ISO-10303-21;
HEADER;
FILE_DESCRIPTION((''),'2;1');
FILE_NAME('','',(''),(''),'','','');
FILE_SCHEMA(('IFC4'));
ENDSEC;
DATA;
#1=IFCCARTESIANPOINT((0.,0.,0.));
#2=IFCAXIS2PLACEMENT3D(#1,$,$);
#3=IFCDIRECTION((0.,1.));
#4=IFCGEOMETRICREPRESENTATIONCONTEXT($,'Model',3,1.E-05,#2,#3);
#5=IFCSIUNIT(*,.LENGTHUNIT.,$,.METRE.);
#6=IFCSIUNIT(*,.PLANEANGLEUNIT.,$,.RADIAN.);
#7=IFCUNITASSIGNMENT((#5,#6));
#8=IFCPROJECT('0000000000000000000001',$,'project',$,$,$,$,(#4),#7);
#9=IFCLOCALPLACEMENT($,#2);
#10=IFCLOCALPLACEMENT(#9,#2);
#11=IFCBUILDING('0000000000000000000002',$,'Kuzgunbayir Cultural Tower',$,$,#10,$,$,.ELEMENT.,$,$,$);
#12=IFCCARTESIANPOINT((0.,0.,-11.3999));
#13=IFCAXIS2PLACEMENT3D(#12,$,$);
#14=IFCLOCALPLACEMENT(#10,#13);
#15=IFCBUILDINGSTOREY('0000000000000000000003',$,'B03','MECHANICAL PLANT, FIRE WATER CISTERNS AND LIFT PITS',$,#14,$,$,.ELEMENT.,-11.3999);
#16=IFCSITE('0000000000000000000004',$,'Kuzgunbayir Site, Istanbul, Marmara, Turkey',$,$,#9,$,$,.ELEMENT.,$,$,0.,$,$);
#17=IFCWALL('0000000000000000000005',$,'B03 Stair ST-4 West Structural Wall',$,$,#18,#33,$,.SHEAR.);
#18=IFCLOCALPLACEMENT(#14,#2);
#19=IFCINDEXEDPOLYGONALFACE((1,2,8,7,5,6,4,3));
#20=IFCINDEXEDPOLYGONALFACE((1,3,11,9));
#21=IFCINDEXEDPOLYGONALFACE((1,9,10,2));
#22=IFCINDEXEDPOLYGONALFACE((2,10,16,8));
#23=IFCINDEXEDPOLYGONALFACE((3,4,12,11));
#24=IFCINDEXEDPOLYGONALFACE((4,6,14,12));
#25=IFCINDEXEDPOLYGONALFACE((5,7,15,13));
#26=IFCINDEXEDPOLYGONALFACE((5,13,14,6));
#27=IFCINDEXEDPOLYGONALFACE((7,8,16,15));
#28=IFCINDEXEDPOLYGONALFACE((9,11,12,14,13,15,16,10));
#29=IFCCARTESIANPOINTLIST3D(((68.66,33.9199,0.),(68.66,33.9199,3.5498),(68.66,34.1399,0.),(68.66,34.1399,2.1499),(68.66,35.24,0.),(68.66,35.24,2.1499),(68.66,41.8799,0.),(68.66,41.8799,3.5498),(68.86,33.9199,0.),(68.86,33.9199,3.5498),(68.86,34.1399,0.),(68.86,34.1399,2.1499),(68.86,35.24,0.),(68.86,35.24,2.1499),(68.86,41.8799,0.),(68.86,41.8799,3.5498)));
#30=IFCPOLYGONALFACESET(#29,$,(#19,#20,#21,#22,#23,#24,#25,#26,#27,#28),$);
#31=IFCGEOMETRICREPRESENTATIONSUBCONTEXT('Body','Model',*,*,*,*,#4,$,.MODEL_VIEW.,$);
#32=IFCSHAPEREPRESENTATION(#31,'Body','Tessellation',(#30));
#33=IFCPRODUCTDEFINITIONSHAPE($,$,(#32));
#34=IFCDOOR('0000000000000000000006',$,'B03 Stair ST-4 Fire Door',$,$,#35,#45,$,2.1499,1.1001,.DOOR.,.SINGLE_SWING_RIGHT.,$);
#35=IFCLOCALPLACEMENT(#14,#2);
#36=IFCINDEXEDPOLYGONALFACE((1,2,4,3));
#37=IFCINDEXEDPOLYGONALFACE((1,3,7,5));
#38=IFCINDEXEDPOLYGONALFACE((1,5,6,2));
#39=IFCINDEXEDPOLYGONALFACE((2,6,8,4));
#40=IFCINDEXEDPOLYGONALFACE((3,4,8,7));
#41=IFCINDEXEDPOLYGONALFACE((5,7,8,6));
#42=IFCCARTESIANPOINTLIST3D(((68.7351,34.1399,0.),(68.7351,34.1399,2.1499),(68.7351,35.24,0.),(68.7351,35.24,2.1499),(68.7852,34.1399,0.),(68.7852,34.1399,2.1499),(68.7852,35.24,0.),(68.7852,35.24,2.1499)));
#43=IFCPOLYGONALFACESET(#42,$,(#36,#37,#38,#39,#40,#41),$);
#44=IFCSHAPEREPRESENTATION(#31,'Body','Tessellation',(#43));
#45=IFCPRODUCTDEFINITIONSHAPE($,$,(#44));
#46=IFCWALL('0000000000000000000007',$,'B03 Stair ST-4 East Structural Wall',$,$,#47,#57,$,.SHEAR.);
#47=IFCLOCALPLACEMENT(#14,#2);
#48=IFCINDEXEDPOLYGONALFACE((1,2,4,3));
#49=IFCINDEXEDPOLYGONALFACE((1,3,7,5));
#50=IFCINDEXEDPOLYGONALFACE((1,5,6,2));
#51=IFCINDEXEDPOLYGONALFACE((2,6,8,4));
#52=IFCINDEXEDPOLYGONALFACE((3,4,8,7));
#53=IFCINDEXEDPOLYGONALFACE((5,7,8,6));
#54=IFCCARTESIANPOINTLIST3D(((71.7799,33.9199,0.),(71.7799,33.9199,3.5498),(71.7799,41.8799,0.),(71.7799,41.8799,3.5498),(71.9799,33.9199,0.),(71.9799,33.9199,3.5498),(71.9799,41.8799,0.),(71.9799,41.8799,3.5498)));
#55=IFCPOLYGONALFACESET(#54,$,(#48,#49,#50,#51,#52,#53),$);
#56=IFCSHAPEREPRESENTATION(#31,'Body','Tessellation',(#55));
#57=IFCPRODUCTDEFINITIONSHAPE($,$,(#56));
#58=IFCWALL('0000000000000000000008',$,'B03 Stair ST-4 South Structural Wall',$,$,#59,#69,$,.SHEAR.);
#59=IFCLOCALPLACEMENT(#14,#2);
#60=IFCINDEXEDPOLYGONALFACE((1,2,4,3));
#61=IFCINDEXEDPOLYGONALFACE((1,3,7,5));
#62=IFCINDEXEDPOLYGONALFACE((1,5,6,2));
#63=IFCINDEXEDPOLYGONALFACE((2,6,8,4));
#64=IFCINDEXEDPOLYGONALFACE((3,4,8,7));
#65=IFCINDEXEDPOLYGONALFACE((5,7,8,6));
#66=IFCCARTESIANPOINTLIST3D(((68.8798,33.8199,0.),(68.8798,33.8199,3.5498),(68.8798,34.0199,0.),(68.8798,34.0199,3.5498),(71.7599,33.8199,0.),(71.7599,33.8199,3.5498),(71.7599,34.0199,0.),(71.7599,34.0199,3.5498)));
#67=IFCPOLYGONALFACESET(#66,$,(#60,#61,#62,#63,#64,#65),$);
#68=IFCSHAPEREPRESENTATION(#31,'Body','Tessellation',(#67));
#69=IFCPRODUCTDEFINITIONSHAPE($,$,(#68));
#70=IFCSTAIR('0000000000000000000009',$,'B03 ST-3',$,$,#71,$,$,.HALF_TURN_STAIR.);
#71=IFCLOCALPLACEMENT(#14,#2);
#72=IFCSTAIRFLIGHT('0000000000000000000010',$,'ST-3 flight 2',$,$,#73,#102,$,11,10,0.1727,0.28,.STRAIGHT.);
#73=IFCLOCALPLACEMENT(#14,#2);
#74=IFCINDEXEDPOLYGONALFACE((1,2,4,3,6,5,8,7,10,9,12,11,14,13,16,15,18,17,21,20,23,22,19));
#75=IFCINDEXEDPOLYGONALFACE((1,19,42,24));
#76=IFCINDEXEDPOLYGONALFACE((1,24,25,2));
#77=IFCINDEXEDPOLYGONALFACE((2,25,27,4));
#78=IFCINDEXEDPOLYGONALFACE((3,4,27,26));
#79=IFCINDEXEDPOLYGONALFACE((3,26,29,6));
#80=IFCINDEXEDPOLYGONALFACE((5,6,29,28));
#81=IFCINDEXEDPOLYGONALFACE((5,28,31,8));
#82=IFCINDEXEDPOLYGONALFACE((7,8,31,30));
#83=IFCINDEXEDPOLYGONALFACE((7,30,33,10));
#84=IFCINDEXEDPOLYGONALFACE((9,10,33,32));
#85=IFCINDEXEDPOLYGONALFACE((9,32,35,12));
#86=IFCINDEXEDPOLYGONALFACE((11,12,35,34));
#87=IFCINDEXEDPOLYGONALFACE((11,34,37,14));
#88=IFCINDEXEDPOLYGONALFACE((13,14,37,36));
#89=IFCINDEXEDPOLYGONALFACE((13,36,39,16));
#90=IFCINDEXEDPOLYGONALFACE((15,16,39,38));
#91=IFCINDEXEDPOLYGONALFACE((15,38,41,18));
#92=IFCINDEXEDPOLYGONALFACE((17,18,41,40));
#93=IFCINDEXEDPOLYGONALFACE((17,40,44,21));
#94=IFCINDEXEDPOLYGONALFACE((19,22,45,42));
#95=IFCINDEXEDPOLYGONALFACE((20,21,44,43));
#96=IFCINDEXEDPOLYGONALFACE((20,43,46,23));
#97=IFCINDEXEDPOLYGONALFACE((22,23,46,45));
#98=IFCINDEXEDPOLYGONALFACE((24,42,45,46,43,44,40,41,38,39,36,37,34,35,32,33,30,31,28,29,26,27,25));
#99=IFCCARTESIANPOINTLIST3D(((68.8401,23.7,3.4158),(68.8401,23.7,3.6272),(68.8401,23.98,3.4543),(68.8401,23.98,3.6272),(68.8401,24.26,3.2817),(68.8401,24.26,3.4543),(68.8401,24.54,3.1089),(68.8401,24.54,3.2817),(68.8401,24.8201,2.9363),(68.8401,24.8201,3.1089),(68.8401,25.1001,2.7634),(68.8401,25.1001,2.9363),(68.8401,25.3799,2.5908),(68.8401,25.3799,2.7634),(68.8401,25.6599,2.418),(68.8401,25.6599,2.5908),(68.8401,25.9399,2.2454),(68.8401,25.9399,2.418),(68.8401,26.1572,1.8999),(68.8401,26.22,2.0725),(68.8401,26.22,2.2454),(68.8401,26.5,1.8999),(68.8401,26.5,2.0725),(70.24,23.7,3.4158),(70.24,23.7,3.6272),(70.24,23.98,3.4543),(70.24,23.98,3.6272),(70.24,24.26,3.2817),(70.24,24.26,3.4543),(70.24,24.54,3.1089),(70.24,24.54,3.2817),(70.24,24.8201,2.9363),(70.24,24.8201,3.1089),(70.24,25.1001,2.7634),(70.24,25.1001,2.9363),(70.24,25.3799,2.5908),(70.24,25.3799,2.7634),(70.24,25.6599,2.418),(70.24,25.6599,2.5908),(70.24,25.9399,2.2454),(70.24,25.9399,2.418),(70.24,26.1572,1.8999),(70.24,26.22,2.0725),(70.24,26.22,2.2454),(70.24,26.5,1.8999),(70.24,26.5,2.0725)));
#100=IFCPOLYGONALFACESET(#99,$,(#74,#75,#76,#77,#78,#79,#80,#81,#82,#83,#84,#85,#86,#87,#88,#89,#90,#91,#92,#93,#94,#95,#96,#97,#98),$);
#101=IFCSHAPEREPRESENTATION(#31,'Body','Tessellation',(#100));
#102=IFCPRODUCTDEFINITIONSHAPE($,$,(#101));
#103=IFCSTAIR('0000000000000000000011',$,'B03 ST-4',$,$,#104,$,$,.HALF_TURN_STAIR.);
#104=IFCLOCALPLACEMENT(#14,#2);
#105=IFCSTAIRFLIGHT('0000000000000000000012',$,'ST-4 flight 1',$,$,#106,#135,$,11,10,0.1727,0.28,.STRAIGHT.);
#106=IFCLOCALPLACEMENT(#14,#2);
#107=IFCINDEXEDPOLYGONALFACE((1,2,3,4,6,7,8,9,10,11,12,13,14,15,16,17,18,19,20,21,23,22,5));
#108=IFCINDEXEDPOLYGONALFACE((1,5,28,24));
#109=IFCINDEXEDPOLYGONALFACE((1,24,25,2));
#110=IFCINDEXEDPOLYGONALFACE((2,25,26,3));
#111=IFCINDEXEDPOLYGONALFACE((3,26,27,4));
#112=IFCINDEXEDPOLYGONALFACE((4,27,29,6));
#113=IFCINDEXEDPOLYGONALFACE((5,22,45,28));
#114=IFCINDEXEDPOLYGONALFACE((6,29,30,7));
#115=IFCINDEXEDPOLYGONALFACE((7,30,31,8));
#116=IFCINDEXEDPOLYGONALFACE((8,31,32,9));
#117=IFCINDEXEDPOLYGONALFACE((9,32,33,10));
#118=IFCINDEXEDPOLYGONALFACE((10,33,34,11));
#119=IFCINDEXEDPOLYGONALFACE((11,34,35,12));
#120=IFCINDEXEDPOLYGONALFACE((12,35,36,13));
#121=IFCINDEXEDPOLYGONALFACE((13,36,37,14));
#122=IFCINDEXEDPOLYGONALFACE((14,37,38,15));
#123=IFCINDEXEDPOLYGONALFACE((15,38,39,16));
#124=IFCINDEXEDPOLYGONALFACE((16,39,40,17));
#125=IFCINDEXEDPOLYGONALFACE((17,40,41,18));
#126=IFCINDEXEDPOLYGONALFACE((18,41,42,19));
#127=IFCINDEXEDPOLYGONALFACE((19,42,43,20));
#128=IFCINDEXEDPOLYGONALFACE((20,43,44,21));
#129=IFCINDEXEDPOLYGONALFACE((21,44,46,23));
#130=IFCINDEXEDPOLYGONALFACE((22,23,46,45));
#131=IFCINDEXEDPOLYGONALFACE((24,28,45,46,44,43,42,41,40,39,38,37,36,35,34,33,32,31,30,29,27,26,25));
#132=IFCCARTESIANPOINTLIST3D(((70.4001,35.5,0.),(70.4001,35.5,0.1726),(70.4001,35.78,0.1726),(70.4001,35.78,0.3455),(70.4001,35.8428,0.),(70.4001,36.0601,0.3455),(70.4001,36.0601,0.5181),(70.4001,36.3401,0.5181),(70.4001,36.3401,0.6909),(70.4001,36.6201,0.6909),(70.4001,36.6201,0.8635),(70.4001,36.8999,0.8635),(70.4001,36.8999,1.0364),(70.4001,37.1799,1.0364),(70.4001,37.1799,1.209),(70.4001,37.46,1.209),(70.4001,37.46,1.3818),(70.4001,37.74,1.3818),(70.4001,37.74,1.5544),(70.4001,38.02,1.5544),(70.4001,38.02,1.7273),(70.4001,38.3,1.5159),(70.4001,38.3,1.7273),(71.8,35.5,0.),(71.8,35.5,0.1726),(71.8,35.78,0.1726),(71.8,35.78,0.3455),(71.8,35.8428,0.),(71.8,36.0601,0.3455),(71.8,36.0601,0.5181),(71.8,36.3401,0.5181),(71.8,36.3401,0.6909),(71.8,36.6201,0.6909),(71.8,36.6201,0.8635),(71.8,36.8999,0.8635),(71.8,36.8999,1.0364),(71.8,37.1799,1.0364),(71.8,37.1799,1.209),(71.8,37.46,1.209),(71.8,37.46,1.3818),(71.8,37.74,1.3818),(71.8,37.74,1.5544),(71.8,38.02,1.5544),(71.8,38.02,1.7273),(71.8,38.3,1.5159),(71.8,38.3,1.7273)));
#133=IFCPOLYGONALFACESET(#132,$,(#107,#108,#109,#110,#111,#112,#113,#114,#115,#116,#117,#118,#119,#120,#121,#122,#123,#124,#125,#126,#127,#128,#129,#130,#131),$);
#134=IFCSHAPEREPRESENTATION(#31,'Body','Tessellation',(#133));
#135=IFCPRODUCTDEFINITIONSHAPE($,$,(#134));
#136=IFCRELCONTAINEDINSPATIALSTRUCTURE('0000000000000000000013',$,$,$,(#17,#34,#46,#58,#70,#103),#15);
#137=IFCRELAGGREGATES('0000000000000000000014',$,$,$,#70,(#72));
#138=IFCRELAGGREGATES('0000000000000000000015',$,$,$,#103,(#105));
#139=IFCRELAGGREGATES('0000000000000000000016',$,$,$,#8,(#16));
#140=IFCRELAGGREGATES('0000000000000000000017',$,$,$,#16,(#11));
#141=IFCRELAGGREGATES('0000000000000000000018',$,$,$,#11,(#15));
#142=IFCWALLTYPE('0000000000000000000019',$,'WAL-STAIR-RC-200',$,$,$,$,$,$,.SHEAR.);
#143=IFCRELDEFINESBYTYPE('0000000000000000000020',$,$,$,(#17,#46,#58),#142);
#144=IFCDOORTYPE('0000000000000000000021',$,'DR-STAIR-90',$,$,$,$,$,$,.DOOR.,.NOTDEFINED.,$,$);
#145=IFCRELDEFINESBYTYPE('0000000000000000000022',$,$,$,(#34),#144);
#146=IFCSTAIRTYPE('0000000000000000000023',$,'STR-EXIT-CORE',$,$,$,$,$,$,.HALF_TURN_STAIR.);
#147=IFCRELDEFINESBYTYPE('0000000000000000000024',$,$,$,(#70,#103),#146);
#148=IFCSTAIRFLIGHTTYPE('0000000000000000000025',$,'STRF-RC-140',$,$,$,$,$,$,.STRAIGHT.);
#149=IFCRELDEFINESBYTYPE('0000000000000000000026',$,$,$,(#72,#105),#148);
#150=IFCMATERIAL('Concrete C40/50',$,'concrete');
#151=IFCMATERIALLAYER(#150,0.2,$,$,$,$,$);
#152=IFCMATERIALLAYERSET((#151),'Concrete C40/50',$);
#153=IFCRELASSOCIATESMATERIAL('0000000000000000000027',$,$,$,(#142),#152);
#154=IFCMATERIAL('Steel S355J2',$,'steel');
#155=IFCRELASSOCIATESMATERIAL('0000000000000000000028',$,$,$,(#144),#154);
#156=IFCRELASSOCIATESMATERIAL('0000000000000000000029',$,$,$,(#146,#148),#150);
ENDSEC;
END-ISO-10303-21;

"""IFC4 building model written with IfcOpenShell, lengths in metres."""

from ifc_helpers import new_model, si_unit, direction, frame, frame_2d, origin, place, context, subcontext, project, spatial, polyline, rectangle, outline, extrude, material, layer, layer_set, type_object, element, fill, aggregate, save


model = new_model("IFC4")

# Units and contexts
model_context = context("Model", 3, precision=1e-05, world=origin(), true_north=direction((0.0, 1.0)))
body_context = subcontext(model_context, "Body", "Model", "MODEL_VIEW")
ifc_project = project(units=[si_unit("LENGTHUNIT", "METRE"), si_unit("PLANEANGLEUNIT", "RADIAN")], contexts=[model_context])

# Site, building, storey
site_placement = place(None, origin())
site = spatial("IfcSite", under=ifc_project, at=site_placement, Name="Kuzgunbayir Site, Istanbul, Marmara, Turkey", CompositionType="ELEMENT", RefElevation=0.0)
building_placement = place(site_placement, origin())
building = spatial("IfcBuilding", under=site, at=building_placement, Name="Kuzgunbayir Cultural Tower", CompositionType="ELEMENT")
storey_placement = place(building_placement, frame((0.0, 0.0, -11.3999)))
storey = spatial("IfcBuildingStorey", under=building, at=storey_placement, Name="B03", Description="MECHANICAL PLANT, FIRE WATER CISTERNS AND LIFT PITS", CompositionType="ELEMENT", Elevation=-11.3999)

# Shared definitions
ifc_material_1 = material(Name="Concrete C40/50", Category="concrete")

# Shared definitions
ifc_layer_1 = layer(ifc_material_1, 0.2)
ifc_layer_set_1 = layer_set([ifc_layer_1], Name="Concrete C40/50")
wall_type_1 = type_object("IfcWallType", Name="WAL-STAIR-RC-200", PredefinedType="SHEAR", material=ifc_layer_set_1)

# Wall, opening, door
wall_1_placement = place(storey_placement, frame((68.76, 33.9199, 0.0), z_axis=(0.0, 0.0, 1.0), x_axis=(0.0, 1.0, 0.0)))
wall_1 = element("IfcWall", 1, at=wall_1_placement, inside=storey, type_object=wall_type_1, Name="B03 Stair ST-4 West Structural Wall", PredefinedType="SHEAR", context=body_context, shape_type="SweptSolid", body=[
    extrude(rectangle(XDim=7.96, YDim=0.2, at=frame_2d((3.98, 0.0))), origin(), (0.0, 0.0, 1.0), 3.5498),
])
opening_1_placement = place(wall_1_placement, frame((0.22, 0.0, 0.0)))
opening_1 = element("IfcOpeningElement", 2, at=opening_1_placement, cuts=wall_1, PredefinedType="OPENING", context=body_context, shape_type="SweptSolid", body=[
    extrude(rectangle(XDim=1.1001, YDim=2.1499, at=frame_2d((0.55, 1.075))), frame((0.0, 0.1099, 0.0), z_axis=(0.0, -1.0, 0.0), x_axis=(1.0, 0.0, 0.0)), (0.0, 0.0, 1.0), 0.22),
])
ifc_material_2 = material(Name="Steel S355J2", Category="steel")
door_type_1 = type_object("IfcDoorType", Name="DR-STAIR-90", OperationType="NOTDEFINED", PredefinedType="DOOR", material=ifc_material_2)
door_1_placement = place(opening_1_placement, origin())
door_1 = element("IfcDoor", 3, at=door_1_placement, inside=storey, type_object=door_type_1, Name="B03 Stair ST-4 Fire Door", OperationType="SINGLE_SWING_RIGHT", OverallHeight=2.1499, OverallWidth=1.1001, PredefinedType="DOOR", context=body_context, shape_type="SweptSolid", body=[
    extrude(rectangle(XDim=1.1001, YDim=2.1499, at=frame_2d((0.55, 1.075))), frame((0.0, 0.0249, 0.0), z_axis=(0.0, -1.0, 0.0), x_axis=(1.0, 0.0, 0.0)), (0.0, 0.0, 1.0), 0.05),
])
fill(opening_1, door_1)

# Walls
wall_2_placement = place(storey_placement, frame((71.8799, 33.9199, 0.0), z_axis=(0.0, 0.0, 1.0), x_axis=(0.0, 1.0, 0.0)))
element("IfcWall", 4, at=wall_2_placement, inside=storey, type_object=wall_type_1, Name="B03 Stair ST-4 East Structural Wall", PredefinedType="SHEAR", context=body_context, shape_type="SweptSolid", body=[
    extrude(rectangle(XDim=7.96, YDim=0.2, at=frame_2d((3.98, 0.0))), origin(), (0.0, 0.0, 1.0), 3.5498),
])
wall_3_placement = place(storey_placement, frame((68.8799, 33.9199, 0.0), z_axis=(0.0, 0.0, 1.0), x_axis=(1.0, 0.0, 0.0)))
element("IfcWall", 5, at=wall_3_placement, inside=storey, type_object=wall_type_1, Name="B03 Stair ST-4 South Structural Wall", PredefinedType="SHEAR", context=body_context, shape_type="SweptSolid", body=[
    extrude(rectangle(XDim=2.8801, YDim=0.2, at=frame_2d((1.4399, 0.0))), origin(), (0.0, 0.0, 1.0), 3.5498),
])

# Stairs, stair flights
stair_type = type_object("IfcStairType", Name="STR-EXIT-CORE", PredefinedType="HALF_TURN_STAIR", material=ifc_material_1)
stair_1_placement = place(storey_placement, origin())
stair_1 = element("IfcStair", 6, at=stair_1_placement, inside=storey, type_object=stair_type, Name="B03 ST-3", PredefinedType="HALF_TURN_STAIR")
stair_flight_type = type_object("IfcStairFlightType", Name="STRF-RC-140", PredefinedType="STRAIGHT", material=ifc_material_1)
stair_flight_1_placement = place(storey_placement, frame((69.54, 26.5, 1.8999), z_axis=(0.0, 0.0, 1.0), x_axis=(0.0, -1.0, 0.0)))
stair_flight_1 = element("IfcStairFlight", 7, at=stair_flight_1_placement, type_object=stair_flight_type, Name="ST-3 flight 2", NumberOfRisers=11, NumberOfTreads=10, PredefinedType="STRAIGHT", RiserHeight=0.1727, TreadLength=0.28, context=body_context, shape_type="SweptSolid", body=[
    extrude(outline(polyline([(0.0, 0.0), (0.0, 0.1726), (0.28, 0.1726), (0.28, 0.3455), (0.5601, 0.3455), (0.5601, 0.5181), (0.8401, 0.5181), (0.8401, 0.6909), (1.1201, 0.6909), (1.1201, 0.8635), (1.3999, 0.8635), (1.3999, 1.0364), (1.6799, 1.0364), (1.6799, 1.209), (1.96, 1.209), (1.96, 1.3818), (2.24, 1.3818), (2.24, 1.5544), (2.52, 1.5544), (2.52, 1.7273), (2.8, 1.7273), (2.8, 1.8999), (2.8, 1.5159), (0.3428, 0.0), (0.0, 0.0)])), frame((0.0, 0.7, 0.0), z_axis=(0.0, -1.0, 0.0), x_axis=(1.0, 0.0, 0.0)), (0.0, 0.0, 1.0), 1.3999),
])
aggregate(stair_1, [stair_flight_1])
stair_2_placement = place(storey_placement, origin())
stair_2 = element("IfcStair", 8, at=stair_2_placement, inside=storey, type_object=stair_type, Name="B03 ST-4", PredefinedType="HALF_TURN_STAIR")
stair_flight_2_placement = place(storey_placement, frame((71.1001, 35.5, 0.0), z_axis=(0.0, 0.0, 1.0), x_axis=(0.0, 1.0, 0.0)))
stair_flight_2 = element("IfcStairFlight", 9, at=stair_flight_2_placement, type_object=stair_flight_type, Name="ST-4 flight 1", NumberOfRisers=11, NumberOfTreads=10, PredefinedType="STRAIGHT", RiserHeight=0.1727, TreadLength=0.28, context=body_context, shape_type="SweptSolid", body=[
    extrude(outline(polyline([(0.0, 0.0), (0.0, 0.1726), (0.28, 0.1726), (0.28, 0.3455), (0.5601, 0.3455), (0.5601, 0.5181), (0.8401, 0.5181), (0.8401, 0.6909), (1.1201, 0.6909), (1.1201, 0.8635), (1.3999, 0.8635), (1.3999, 1.0364), (1.6799, 1.0364), (1.6799, 1.209), (1.96, 1.209), (1.96, 1.3818), (2.24, 1.3818), (2.24, 1.5544), (2.52, 1.5544), (2.52, 1.7273), (2.8, 1.7273), (2.8, 1.8999), (2.8, 1.5159), (0.3428, 0.0), (0.0, 0.0)])), frame((0.0, 0.7, 0.0), z_axis=(0.0, -1.0, 0.0), x_axis=(1.0, 0.0, 0.0)), (0.0, 0.0, 1.0), 1.3999),
])
aggregate(stair_2, [stair_flight_2])

save(model, "model.ifc")
